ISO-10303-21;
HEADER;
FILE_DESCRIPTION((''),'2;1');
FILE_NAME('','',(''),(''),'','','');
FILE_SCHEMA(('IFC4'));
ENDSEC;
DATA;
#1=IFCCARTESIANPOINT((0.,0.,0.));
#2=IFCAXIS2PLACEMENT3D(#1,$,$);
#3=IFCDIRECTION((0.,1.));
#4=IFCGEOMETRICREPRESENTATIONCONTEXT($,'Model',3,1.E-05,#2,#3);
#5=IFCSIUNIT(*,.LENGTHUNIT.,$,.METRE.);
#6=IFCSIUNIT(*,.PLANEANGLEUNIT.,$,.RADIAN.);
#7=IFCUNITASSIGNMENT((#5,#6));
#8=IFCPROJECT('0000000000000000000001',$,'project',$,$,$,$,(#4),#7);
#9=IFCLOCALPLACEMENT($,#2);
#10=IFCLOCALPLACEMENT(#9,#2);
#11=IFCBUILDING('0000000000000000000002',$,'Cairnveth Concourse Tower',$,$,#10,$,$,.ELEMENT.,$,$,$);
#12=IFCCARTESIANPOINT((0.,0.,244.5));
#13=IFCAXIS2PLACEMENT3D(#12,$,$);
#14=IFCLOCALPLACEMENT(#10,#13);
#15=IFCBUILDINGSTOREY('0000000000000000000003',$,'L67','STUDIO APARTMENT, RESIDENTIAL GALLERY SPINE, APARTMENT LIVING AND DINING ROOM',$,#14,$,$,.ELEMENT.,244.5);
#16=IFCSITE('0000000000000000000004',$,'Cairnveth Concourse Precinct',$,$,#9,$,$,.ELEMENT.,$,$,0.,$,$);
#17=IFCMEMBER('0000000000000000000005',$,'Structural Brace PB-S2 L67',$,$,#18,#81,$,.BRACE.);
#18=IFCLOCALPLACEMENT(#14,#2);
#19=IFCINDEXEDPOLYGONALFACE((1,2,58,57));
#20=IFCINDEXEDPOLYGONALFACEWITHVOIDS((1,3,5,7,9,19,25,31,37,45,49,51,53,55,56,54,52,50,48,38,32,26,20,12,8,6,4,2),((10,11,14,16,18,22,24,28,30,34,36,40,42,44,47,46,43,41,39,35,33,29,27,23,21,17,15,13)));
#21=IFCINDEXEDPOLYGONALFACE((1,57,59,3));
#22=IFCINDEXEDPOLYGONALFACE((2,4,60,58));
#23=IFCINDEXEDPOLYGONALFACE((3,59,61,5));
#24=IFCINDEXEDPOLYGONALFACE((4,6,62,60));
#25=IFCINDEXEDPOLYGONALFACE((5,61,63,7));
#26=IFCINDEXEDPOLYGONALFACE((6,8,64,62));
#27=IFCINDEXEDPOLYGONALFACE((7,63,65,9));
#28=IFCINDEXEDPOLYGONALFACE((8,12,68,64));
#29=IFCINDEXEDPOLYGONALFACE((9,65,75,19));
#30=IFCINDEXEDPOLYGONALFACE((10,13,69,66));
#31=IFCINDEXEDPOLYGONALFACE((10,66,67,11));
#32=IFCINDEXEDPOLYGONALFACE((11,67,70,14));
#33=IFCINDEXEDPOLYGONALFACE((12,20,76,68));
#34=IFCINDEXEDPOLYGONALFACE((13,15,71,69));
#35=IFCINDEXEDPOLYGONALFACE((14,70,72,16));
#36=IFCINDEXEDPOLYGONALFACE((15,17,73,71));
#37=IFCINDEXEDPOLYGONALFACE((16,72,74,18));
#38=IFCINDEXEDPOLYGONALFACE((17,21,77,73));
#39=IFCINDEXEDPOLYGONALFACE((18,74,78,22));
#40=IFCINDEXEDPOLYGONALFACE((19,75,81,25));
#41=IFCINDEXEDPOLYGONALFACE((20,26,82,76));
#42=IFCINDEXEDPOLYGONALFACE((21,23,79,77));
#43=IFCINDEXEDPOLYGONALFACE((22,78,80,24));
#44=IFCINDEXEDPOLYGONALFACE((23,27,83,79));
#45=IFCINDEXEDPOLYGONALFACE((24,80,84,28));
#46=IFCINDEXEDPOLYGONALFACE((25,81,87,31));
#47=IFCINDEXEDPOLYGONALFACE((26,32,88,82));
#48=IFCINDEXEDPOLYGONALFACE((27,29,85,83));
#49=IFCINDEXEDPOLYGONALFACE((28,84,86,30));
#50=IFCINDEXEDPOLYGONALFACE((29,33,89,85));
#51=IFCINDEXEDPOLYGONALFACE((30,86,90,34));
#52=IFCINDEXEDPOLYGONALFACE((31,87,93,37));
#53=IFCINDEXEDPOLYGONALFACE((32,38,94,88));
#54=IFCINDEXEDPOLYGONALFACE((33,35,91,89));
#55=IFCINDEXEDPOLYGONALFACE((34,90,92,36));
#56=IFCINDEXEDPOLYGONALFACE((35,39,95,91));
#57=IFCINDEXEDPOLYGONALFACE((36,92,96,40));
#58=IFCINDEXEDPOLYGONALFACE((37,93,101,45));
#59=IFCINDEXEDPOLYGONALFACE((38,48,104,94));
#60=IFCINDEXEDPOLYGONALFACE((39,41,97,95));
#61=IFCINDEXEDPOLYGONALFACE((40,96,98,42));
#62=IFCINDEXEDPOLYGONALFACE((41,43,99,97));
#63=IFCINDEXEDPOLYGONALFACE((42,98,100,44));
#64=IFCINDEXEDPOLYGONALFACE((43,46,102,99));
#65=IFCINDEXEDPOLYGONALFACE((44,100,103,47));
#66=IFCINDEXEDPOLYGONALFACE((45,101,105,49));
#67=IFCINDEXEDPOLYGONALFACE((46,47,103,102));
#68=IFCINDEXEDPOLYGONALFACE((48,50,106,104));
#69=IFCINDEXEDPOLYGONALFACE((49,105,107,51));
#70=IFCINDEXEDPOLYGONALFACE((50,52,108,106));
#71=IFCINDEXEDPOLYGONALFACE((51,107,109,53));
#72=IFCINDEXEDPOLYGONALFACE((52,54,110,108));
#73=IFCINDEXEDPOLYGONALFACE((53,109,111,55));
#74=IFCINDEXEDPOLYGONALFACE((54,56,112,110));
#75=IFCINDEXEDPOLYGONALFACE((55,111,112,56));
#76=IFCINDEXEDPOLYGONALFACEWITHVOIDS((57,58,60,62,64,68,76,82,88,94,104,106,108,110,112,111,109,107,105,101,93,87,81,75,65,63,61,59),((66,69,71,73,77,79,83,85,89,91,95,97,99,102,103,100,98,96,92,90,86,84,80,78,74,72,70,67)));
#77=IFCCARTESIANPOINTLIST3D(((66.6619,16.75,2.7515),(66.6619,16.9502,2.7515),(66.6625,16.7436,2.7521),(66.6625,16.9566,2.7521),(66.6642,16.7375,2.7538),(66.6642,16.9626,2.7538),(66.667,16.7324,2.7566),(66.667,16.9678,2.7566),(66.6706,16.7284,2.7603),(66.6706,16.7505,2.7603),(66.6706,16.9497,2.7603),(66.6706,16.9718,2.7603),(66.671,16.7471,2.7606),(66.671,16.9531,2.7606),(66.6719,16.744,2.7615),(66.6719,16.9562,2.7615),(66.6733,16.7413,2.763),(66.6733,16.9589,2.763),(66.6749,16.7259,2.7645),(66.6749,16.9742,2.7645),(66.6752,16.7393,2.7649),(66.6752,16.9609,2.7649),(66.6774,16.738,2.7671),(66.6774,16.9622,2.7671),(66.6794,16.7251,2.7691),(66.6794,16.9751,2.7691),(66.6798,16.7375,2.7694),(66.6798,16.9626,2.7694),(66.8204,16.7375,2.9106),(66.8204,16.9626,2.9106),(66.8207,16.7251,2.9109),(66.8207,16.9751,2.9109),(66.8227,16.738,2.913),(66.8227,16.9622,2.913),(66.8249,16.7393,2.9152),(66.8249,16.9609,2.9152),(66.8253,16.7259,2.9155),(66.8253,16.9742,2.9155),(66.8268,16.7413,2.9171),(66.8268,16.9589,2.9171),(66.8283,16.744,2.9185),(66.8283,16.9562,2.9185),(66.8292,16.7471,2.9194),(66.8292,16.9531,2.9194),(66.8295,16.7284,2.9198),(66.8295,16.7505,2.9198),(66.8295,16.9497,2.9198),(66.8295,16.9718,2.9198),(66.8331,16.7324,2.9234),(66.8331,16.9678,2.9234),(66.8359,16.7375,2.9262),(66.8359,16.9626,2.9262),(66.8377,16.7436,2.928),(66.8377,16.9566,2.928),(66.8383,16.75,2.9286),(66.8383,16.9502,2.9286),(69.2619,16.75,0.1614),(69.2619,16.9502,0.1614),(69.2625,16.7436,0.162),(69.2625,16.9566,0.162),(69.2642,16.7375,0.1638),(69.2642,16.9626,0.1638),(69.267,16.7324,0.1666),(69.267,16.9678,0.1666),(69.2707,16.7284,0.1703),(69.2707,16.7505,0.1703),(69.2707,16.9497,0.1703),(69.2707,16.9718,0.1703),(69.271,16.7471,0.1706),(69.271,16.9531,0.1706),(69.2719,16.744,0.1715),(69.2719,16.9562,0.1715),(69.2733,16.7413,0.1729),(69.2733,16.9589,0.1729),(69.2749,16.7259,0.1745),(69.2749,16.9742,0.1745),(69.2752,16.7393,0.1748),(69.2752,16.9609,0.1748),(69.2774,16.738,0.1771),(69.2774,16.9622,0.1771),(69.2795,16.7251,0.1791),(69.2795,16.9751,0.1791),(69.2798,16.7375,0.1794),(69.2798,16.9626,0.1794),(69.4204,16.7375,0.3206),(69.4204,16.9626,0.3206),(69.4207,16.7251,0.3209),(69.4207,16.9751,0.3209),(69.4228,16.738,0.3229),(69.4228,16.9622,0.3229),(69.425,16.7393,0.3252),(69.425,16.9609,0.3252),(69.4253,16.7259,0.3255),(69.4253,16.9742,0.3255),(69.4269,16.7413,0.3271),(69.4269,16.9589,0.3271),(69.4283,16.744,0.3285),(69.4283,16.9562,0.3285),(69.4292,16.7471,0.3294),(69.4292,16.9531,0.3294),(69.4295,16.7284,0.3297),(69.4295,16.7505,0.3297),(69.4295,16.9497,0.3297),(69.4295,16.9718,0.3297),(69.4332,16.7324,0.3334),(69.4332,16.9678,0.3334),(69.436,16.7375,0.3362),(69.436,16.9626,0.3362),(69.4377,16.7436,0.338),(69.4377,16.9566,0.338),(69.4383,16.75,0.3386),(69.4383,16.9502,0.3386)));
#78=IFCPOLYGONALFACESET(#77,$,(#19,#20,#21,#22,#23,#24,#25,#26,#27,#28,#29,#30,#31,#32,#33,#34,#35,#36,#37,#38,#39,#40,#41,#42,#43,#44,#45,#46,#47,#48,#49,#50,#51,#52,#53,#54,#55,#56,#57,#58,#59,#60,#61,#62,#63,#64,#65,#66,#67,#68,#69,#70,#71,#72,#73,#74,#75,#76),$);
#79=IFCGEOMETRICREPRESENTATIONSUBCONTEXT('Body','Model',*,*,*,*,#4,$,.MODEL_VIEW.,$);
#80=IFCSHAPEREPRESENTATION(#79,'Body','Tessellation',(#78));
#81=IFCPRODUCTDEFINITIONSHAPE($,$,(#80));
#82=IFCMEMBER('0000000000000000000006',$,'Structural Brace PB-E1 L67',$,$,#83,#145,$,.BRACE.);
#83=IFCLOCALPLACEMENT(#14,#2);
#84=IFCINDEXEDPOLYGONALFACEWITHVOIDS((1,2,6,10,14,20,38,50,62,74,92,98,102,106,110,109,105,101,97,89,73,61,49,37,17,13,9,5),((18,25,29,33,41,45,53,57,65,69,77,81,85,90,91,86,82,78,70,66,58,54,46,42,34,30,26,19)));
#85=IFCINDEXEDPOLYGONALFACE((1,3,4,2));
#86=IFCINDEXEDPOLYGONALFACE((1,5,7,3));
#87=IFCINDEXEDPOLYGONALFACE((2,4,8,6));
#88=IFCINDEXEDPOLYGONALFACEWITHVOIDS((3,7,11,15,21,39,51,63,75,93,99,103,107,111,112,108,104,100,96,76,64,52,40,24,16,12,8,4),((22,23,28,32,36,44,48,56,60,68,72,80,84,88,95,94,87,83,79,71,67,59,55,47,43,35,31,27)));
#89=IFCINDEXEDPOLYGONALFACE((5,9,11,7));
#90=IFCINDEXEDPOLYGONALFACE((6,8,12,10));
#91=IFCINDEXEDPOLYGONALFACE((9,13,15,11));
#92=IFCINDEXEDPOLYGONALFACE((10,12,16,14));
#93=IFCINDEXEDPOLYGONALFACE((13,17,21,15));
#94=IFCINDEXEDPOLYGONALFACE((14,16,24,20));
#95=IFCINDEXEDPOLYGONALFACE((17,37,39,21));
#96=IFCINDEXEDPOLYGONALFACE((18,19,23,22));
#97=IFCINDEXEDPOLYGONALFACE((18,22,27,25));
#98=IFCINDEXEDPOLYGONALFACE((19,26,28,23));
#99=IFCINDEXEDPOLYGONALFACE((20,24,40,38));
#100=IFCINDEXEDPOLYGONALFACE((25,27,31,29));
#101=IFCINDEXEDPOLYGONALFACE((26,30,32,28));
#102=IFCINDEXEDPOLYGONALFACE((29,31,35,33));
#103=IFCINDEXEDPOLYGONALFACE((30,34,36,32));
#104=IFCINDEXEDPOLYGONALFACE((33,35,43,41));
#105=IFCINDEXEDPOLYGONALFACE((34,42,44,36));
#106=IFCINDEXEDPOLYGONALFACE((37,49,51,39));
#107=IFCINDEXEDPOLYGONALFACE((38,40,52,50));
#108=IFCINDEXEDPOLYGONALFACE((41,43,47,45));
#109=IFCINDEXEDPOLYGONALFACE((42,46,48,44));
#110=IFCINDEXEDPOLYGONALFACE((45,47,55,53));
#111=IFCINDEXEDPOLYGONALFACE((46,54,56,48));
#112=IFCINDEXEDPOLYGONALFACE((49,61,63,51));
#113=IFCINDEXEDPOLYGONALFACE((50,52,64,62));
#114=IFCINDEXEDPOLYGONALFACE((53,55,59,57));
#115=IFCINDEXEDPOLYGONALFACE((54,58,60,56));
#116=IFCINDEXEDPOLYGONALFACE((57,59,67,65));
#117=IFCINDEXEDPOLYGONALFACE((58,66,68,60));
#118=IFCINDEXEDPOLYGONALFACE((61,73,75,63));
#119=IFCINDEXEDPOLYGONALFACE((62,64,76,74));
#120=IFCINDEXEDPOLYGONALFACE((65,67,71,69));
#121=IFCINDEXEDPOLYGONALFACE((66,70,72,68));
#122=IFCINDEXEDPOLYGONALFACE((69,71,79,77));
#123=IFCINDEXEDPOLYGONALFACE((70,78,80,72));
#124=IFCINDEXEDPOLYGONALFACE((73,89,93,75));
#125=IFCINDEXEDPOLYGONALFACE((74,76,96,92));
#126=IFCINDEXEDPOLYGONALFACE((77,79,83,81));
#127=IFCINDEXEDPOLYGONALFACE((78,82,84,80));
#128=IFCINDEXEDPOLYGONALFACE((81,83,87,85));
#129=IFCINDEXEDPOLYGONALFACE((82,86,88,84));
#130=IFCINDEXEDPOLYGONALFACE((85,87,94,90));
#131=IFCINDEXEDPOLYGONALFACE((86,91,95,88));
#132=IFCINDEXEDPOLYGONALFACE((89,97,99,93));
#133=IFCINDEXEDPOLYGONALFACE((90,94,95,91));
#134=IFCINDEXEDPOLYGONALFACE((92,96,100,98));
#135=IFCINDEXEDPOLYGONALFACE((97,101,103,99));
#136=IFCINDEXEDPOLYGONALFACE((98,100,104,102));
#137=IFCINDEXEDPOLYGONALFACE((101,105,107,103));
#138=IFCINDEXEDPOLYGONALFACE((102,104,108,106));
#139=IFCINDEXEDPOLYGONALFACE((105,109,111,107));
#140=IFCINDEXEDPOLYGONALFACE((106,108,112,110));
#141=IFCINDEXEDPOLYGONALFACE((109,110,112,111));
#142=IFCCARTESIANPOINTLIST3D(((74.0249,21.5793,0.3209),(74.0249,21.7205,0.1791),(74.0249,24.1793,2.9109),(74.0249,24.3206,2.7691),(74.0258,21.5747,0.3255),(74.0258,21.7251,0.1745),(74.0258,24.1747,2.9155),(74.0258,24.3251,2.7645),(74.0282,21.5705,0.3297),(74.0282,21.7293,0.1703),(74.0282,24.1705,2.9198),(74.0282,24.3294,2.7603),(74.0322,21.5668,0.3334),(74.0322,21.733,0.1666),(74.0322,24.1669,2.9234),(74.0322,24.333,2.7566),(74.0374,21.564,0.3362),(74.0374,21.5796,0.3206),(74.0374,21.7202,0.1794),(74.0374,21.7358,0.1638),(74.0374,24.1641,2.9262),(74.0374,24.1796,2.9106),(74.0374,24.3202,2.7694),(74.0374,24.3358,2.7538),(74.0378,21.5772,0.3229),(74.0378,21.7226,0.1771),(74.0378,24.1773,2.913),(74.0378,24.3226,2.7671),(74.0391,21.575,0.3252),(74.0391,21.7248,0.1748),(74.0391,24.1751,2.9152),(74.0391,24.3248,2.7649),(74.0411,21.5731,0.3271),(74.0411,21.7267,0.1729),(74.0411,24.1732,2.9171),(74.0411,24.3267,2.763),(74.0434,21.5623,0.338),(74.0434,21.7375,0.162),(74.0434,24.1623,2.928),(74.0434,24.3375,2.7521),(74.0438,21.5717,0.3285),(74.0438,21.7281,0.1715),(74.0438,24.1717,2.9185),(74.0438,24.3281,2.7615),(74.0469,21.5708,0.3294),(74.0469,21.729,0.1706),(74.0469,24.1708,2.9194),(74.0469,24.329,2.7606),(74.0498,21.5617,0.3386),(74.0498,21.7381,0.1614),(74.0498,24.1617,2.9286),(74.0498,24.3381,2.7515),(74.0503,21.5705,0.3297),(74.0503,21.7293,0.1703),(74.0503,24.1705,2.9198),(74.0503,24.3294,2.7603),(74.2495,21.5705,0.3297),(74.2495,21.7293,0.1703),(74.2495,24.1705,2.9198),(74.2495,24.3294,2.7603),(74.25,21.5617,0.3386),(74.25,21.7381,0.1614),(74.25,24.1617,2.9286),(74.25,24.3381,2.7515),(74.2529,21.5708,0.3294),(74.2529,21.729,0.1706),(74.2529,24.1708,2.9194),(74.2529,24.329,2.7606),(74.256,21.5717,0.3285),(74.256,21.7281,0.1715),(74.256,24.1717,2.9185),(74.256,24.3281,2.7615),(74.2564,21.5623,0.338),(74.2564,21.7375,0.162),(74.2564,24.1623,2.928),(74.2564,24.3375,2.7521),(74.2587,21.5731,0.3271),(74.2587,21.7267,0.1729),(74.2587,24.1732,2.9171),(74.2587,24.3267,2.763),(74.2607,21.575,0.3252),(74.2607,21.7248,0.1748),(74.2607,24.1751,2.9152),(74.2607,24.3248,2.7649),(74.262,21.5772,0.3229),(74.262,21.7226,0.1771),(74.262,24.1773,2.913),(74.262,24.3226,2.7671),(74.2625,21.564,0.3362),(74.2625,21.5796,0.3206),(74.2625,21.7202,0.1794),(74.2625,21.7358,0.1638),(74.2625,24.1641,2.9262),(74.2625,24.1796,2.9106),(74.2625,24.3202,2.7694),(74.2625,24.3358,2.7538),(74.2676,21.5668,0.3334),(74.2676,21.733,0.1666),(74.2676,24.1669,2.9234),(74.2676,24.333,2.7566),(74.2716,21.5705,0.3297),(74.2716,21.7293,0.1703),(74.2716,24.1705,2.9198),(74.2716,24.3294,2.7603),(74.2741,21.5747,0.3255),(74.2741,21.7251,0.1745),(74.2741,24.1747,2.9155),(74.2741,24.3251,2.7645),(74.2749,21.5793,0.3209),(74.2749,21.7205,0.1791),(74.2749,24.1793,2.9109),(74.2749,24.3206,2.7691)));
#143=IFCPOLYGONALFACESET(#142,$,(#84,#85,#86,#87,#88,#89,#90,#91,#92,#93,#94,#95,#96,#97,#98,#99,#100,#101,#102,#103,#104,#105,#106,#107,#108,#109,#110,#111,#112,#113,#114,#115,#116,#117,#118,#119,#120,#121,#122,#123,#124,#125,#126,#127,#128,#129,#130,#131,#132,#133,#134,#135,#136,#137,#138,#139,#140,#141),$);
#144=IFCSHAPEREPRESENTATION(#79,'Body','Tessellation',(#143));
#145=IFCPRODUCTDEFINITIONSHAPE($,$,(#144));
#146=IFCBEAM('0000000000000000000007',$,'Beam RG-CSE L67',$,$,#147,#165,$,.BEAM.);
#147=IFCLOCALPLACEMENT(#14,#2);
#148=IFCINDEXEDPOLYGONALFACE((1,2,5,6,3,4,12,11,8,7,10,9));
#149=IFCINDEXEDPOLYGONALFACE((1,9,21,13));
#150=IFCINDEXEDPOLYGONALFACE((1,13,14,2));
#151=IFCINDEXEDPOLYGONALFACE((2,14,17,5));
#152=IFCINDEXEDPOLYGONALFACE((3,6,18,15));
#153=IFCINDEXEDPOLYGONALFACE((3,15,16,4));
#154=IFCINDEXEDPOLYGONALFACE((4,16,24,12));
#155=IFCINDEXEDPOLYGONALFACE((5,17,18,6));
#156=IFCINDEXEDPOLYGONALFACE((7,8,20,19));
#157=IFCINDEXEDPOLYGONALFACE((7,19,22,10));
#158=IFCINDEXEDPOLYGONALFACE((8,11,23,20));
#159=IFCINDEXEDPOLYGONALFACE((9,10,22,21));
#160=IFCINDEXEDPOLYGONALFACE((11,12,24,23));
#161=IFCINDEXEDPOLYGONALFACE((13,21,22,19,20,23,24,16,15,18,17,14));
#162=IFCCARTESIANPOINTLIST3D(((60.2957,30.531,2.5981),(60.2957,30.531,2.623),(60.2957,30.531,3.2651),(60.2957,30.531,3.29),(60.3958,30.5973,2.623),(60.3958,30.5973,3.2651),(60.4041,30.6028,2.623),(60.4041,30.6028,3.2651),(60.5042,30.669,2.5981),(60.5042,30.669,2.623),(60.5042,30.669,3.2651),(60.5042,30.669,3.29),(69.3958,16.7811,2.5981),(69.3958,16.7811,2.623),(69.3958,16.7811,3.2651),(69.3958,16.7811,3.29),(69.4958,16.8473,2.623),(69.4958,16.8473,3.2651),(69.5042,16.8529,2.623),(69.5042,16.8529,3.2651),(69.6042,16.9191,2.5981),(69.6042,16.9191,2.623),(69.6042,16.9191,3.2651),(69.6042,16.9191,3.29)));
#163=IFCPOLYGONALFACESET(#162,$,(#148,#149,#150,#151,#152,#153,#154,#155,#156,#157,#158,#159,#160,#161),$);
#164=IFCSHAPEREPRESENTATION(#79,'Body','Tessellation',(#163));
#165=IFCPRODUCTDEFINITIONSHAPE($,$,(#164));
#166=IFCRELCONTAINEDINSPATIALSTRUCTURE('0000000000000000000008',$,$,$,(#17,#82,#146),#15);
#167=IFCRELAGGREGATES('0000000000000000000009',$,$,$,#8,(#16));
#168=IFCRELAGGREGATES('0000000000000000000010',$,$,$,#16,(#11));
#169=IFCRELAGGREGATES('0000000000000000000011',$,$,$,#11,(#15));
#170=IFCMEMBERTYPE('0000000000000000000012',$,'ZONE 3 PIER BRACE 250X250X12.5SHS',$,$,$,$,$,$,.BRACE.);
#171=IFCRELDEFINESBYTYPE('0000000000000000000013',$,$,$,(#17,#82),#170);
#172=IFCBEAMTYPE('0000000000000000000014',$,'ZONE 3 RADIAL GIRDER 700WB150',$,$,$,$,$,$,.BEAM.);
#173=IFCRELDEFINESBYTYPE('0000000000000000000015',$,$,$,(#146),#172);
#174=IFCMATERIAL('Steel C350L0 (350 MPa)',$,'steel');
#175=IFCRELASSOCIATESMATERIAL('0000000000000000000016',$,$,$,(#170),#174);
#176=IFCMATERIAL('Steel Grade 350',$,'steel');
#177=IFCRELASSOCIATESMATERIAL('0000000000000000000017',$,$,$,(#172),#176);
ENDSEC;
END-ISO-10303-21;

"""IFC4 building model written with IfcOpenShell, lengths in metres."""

from ifc_helpers import new_model, si_unit, direction, frame, origin, origin_2d, place, context, subcontext, project, spatial, hollow_rectangle, i_section, extrude, material, material_profile, profile_set, type_object, element, save


model = new_model("IFC4")

# Units and contexts
model_context = context("Model", 3, precision=1e-05, world=origin(), true_north=direction((0.0, 1.0)))
body_context = subcontext(model_context, "Body", "Model", "MODEL_VIEW")
ifc_project = project(units=[si_unit("LENGTHUNIT", "METRE"), si_unit("PLANEANGLEUNIT", "RADIAN")], contexts=[model_context])

# Site, building, storey
site_placement = place(None, origin())
site = spatial("IfcSite", under=ifc_project, at=site_placement, Name="Cairnveth Concourse Precinct", CompositionType="ELEMENT", RefElevation=0.0)
building_placement = place(site_placement, origin())
building = spatial("IfcBuilding", under=site, at=building_placement, Name="Cairnveth Concourse Tower", CompositionType="ELEMENT")
storey_placement = place(building_placement, frame((0.0, 0.0, 244.5)))
storey = spatial("IfcBuildingStorey", under=building, at=storey_placement, Name="L67", Description="STUDIO APARTMENT, RESIDENTIAL GALLERY SPINE, APARTMENT LIVING AND DINING ROOM", CompositionType="ELEMENT", Elevation=244.5)

# Shared definitions
ifc_material_1 = material(Name="Steel Grade 350", Category="steel")

# Members
ifc_material_2 = material(Name="Steel C350L0 (350 MPa)", Category="steel")
ifc_material_profile_1 = material_profile(ifc_material_2, hollow_rectangle(XDim=0.25, YDim=0.25, WallThickness=0.0125, InnerFilletRadius=0.0129, OuterFilletRadius=0.0249, at=origin_2d()), Name="250x250x12.5SHS")
ifc_profile_set_1 = profile_set([ifc_material_profile_1], Name="Steel C350L0 (350 MPa)")
member_type = type_object("IfcMemberType", Name="ZONE 3 PIER BRACE 250X250X12.5SHS", PredefinedType="BRACE", material=ifc_profile_set_1)
for number, where, z_axis, x_axis, name in (
    (1, (69.3501, 16.8501, 0.25), (-0.708469, 0.0, 0.705742), (0.0, -1.0, 0.0), "Structural Brace PB-S2 L67"),
    (2, (74.1499, 21.6499, 0.25), (0.0, 0.708469, 0.705742), (-1.0, 0.0, 0.0), "Structural Brace PB-E1 L67"),
):
    element("IfcMember", number, at=place(storey_placement, frame(where, z_axis=z_axis, x_axis=x_axis)), inside=storey, type_object=member_type, Name=name, PredefinedType="BRACE", context=body_context, shape_type="SweptSolid", body=[
        extrude(hollow_rectangle(XDim=0.25, YDim=0.25, WallThickness=0.0125, InnerFilletRadius=0.0129, OuterFilletRadius=0.0249, at=origin_2d()), origin(), (0.0, 0.0, 1.0), 3.6699),
    ])

# Beam
ifc_material_profile_2 = material_profile(ifc_material_1, i_section(OverallWidth=0.25, OverallDepth=0.6919, WebThickness=0.01, FlangeThickness=0.0249, at=origin_2d()), Name="700WB150")
ifc_profile_set_2 = profile_set([ifc_material_profile_2], Name="Steel Grade 350")
beam_type_1 = type_object("IfcBeamType", Name="ZONE 3 RADIAL GIRDER 700WB150", PredefinedType="BEAM", material=ifc_profile_set_2)
beam_1_placement = place(storey_placement, frame((69.5, 16.8501, 2.9441), z_axis=(-0.551902, 0.833909, 0.0), x_axis=(-0.833909, -0.551902, 0.0)))
element("IfcBeam", 3, at=beam_1_placement, inside=storey, type_object=beam_type_1, Name="Beam RG-CSE L67", PredefinedType="BEAM", context=body_context, shape_type="SweptSolid", body=[
    extrude(i_section(OverallWidth=0.25, OverallDepth=0.6919, WebThickness=0.01, FlangeThickness=0.0249, at=origin_2d()), origin(), (0.0, 0.0, 1.0), 16.4885),
])

save(model, "model.ifc")
